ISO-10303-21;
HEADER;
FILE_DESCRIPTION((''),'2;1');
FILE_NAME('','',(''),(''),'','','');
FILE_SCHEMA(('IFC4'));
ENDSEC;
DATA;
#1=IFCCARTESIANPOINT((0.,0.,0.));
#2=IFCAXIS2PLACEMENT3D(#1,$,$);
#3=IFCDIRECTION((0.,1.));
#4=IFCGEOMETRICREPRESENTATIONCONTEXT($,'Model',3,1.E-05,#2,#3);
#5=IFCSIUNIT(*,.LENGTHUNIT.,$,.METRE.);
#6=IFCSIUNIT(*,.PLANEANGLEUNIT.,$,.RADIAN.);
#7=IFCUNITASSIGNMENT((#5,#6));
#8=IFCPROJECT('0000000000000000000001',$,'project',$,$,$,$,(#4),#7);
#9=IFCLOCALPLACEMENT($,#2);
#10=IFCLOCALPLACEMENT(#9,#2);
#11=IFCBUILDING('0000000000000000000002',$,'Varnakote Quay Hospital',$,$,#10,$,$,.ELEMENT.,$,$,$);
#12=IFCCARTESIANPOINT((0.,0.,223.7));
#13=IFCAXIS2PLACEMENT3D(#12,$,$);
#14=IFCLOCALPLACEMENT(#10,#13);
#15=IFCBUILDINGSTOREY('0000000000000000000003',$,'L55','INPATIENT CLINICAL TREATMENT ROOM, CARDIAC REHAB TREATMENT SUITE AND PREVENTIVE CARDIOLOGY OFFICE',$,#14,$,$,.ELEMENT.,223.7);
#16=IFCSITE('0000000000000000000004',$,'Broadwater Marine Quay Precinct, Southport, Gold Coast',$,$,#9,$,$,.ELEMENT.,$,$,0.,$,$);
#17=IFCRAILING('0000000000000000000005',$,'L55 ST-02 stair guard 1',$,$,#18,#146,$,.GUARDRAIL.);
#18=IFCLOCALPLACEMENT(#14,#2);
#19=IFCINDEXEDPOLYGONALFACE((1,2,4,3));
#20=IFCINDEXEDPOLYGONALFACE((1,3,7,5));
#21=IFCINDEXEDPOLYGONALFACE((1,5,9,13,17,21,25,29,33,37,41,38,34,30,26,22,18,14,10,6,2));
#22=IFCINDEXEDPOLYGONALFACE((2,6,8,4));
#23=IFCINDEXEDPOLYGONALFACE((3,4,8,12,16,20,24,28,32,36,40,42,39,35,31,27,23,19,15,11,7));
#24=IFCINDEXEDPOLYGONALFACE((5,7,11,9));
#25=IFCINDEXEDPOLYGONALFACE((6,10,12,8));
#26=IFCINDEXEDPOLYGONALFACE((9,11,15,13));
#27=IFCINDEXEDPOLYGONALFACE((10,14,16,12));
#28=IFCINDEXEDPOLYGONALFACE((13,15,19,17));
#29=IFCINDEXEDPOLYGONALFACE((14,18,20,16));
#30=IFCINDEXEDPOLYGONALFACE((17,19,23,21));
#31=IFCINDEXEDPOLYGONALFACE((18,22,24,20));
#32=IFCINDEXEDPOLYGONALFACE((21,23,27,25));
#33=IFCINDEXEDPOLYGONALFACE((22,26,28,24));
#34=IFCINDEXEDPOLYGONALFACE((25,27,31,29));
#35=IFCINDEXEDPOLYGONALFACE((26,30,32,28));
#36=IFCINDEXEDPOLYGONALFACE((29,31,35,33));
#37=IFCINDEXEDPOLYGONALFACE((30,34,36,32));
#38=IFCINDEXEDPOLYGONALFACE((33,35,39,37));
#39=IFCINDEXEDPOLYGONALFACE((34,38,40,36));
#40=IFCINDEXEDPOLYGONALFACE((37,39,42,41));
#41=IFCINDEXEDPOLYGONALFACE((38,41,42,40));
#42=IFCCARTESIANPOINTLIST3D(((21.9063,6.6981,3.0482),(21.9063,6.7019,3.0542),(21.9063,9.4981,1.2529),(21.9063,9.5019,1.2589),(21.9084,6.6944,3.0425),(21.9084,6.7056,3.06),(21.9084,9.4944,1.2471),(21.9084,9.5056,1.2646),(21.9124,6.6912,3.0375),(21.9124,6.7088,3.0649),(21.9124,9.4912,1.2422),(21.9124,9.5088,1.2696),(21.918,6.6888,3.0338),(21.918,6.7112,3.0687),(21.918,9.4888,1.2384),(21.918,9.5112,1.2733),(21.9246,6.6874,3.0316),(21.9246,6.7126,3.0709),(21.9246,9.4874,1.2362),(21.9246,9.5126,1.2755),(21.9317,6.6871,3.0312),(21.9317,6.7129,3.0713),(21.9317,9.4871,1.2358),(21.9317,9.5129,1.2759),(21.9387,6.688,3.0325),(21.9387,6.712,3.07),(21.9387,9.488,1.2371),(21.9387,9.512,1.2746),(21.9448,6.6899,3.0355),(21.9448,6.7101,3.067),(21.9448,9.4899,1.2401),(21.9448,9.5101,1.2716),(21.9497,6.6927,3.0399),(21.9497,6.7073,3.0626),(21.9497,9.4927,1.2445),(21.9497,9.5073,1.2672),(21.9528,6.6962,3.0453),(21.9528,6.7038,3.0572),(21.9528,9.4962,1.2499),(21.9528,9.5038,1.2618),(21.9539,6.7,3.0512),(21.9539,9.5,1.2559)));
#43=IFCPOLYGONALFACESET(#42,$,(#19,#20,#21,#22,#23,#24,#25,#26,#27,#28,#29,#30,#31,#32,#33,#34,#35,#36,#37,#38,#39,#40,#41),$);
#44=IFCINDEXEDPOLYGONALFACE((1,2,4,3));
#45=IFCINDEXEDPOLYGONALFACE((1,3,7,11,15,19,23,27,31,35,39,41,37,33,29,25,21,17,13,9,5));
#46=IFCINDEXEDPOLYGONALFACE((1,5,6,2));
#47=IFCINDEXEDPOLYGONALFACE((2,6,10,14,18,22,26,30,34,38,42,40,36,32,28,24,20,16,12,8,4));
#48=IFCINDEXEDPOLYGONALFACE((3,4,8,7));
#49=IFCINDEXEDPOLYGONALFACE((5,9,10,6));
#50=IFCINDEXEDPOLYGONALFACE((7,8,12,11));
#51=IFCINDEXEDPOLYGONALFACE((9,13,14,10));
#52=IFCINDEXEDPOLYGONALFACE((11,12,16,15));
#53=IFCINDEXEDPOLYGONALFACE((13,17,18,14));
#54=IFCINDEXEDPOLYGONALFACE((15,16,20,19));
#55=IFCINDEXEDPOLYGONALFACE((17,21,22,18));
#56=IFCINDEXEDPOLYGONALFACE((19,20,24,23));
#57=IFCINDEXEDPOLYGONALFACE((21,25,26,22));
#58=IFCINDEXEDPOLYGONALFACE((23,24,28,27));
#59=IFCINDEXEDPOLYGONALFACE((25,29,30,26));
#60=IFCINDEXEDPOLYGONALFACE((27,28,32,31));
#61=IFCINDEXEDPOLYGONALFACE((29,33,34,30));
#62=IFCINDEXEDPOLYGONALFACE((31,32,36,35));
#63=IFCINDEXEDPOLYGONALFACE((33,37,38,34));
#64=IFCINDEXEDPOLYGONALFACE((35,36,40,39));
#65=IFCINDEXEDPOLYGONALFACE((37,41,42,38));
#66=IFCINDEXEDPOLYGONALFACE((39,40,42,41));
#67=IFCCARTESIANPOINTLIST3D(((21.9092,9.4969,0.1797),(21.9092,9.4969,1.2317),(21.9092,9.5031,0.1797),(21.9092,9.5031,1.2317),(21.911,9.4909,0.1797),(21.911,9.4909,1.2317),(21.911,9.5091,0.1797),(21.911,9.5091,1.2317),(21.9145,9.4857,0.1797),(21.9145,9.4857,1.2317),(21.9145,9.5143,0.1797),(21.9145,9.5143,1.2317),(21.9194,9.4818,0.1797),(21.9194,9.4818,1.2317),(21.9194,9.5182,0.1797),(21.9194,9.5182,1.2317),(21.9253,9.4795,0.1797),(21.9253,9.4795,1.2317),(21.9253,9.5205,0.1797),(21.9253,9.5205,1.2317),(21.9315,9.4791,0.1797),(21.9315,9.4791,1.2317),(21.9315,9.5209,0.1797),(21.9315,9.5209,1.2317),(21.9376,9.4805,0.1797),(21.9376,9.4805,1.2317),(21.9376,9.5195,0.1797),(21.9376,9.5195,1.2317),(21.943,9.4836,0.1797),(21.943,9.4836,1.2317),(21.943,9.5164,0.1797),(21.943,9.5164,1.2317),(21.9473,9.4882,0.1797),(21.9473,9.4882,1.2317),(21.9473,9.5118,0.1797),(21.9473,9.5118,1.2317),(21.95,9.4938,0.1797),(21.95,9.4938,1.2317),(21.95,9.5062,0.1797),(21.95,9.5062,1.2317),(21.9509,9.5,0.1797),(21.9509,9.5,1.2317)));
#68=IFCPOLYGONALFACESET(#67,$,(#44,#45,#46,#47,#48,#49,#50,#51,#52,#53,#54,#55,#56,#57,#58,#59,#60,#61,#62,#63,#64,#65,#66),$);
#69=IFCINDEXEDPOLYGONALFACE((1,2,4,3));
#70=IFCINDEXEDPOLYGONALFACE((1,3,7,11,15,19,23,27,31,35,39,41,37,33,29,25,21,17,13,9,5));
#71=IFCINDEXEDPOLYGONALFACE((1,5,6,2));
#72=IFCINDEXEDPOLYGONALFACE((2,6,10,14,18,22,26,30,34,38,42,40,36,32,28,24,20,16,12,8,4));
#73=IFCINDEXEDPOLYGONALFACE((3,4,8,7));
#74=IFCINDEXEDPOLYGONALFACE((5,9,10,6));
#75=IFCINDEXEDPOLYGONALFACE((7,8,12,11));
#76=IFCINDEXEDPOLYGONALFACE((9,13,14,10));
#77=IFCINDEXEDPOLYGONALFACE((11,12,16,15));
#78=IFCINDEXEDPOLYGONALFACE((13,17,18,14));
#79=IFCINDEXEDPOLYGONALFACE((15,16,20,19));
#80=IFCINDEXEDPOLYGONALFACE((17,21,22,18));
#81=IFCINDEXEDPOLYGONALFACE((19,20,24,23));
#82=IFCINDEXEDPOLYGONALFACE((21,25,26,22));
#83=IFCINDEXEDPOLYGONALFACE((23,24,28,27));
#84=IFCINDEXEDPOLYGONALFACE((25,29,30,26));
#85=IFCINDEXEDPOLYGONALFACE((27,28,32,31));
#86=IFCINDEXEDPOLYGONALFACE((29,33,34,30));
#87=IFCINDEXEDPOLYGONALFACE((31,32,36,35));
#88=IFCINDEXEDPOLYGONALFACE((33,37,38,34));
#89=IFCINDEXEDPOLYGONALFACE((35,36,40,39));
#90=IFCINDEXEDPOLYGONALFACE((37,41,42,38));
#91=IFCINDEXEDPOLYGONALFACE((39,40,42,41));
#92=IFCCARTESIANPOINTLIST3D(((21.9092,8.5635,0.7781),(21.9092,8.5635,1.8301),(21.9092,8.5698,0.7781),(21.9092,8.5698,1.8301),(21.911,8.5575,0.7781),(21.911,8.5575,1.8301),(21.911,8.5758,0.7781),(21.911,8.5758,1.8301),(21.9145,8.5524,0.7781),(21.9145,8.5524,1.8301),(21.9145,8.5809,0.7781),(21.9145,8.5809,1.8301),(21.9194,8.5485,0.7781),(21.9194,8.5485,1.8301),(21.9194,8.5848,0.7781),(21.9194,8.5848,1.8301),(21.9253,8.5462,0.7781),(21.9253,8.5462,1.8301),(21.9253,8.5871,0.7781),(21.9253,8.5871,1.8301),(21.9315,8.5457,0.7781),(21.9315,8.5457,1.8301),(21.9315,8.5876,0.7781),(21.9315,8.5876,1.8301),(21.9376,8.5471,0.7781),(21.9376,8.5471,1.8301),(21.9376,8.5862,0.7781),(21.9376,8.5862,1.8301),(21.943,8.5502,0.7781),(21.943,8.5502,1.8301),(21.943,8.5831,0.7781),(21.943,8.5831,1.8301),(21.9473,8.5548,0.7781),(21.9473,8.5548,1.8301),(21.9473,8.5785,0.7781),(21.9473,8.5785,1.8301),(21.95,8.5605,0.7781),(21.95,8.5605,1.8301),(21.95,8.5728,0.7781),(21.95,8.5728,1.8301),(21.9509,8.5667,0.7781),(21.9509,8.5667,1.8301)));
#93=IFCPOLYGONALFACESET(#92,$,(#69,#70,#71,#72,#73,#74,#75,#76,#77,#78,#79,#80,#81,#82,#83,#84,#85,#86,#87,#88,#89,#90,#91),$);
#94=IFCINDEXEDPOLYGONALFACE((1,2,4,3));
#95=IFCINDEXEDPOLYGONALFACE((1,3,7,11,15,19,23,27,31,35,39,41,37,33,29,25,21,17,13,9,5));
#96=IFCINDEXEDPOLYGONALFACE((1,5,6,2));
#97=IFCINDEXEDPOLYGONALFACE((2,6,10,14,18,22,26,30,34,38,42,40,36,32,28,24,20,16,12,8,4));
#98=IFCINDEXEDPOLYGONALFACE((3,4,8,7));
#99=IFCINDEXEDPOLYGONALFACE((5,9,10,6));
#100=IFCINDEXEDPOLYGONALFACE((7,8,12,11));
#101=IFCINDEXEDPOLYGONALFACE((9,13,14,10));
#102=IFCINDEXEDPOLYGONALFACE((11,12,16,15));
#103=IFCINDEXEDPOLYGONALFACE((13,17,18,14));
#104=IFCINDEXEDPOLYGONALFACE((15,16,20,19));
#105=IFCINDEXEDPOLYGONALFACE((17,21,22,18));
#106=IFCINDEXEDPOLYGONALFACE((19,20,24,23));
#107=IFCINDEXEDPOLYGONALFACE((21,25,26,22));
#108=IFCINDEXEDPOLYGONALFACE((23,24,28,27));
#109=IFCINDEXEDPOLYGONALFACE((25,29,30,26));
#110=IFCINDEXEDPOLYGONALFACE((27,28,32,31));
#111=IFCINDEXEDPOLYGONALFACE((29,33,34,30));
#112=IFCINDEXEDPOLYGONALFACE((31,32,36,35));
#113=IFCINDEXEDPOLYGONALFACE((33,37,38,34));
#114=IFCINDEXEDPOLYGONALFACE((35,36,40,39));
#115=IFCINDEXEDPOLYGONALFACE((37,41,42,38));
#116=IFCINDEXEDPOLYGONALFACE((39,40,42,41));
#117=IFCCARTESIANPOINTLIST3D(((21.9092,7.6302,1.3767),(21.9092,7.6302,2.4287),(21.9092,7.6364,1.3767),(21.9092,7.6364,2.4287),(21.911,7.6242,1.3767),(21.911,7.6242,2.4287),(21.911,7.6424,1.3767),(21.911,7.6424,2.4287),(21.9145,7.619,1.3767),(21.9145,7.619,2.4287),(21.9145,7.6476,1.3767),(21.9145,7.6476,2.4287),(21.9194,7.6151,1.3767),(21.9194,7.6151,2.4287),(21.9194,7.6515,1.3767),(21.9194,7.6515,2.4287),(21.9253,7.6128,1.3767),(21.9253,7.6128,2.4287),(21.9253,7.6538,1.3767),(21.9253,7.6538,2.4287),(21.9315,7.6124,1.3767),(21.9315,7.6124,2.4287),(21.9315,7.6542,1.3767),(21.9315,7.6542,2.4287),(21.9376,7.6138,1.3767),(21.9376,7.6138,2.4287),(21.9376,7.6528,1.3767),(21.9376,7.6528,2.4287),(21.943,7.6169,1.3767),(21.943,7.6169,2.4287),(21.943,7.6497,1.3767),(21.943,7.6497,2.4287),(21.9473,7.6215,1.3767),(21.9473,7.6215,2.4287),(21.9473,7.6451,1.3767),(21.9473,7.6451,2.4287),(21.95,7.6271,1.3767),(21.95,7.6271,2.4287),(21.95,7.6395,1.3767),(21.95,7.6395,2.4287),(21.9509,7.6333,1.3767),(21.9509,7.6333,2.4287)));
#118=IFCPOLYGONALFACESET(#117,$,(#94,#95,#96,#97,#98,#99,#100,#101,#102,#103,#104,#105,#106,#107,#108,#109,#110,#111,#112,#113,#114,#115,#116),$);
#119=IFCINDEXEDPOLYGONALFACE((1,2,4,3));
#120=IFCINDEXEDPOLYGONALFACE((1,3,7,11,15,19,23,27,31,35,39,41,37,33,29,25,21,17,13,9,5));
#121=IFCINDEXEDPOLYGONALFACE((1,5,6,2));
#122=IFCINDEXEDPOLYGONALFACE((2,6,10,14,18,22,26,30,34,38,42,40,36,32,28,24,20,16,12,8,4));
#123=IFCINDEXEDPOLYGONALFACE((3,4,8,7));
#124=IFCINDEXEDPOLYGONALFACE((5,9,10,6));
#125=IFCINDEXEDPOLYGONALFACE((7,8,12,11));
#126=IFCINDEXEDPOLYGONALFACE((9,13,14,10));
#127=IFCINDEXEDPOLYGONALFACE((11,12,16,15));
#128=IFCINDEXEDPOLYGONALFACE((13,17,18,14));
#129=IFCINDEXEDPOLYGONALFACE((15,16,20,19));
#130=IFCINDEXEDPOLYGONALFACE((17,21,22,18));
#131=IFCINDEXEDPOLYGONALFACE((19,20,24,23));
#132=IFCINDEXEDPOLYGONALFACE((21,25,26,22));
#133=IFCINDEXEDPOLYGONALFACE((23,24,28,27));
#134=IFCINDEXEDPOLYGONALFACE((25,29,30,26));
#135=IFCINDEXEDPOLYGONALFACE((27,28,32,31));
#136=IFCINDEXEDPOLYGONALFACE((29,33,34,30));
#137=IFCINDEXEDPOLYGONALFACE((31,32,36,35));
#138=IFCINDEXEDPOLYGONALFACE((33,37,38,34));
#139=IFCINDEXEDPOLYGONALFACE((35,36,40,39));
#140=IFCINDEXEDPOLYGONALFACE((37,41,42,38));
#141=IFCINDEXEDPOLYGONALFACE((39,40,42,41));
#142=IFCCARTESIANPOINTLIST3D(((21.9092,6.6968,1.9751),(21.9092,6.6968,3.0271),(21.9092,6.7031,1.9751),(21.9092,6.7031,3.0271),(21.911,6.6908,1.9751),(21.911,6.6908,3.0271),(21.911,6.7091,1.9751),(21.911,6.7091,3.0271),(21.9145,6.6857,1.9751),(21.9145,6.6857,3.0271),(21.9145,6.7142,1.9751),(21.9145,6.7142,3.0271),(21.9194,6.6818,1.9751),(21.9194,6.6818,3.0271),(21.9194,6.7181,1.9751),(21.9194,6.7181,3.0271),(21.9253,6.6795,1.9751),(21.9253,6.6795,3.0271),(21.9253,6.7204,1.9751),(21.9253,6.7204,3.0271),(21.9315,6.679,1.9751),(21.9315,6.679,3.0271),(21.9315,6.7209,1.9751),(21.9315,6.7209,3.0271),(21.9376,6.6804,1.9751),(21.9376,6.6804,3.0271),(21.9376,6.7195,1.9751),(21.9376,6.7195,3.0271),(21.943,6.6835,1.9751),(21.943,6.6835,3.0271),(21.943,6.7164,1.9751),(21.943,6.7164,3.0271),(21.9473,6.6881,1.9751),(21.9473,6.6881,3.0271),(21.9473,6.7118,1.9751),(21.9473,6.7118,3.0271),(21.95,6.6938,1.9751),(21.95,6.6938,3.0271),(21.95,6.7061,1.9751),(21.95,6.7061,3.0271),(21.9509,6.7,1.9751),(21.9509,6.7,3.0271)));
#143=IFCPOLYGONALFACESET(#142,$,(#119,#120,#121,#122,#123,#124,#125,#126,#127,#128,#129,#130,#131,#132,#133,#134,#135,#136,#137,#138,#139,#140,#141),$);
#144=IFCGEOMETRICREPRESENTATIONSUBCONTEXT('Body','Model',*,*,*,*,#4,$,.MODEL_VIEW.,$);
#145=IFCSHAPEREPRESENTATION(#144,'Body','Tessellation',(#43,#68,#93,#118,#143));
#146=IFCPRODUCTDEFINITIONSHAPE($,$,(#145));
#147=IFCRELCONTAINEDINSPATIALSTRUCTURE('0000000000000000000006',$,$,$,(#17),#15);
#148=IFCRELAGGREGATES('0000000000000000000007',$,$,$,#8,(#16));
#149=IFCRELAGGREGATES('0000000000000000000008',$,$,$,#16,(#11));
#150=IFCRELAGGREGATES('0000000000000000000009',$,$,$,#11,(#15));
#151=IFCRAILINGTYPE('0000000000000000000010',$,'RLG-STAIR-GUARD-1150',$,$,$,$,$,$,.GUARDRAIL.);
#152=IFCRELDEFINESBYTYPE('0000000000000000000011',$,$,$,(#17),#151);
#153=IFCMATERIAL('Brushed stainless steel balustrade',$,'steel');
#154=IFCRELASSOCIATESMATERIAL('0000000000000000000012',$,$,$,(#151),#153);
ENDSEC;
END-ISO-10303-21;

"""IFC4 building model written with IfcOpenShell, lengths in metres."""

from ifc_helpers import new_model, si_unit, direction, frame, origin, origin_2d, place, context, subcontext, project, spatial, circle, extrude, material, type_object, element, save


model = new_model("IFC4")

# Units and contexts
model_context = context("Model", 3, precision=1e-05, world=origin(), true_north=direction((0.0, 1.0)))
body_context = subcontext(model_context, "Body", "Model", "MODEL_VIEW")
ifc_project = project(units=[si_unit("LENGTHUNIT", "METRE"), si_unit("PLANEANGLEUNIT", "RADIAN")], contexts=[model_context])

# Site, building, storey
site_placement = place(None, origin())
site = spatial("IfcSite", under=ifc_project, at=site_placement, Name="Broadwater Marine Quay Precinct, Southport, Gold Coast", CompositionType="ELEMENT", RefElevation=0.0)
building_placement = place(site_placement, origin())
building = spatial("IfcBuilding", under=site, at=building_placement, Name="Varnakote Quay Hospital", CompositionType="ELEMENT")
storey_placement = place(building_placement, frame((0.0, 0.0, 223.7)))
storey = spatial("IfcBuildingStorey", under=building, at=storey_placement, Name="L55", Description="INPATIENT CLINICAL TREATMENT ROOM, CARDIAC REHAB TREATMENT SUITE AND PREVENTIVE CARDIOLOGY OFFICE", CompositionType="ELEMENT", Elevation=223.7)

# Railing
ifc_material_1 = material(Name="Brushed stainless steel balustrade", Category="steel")
railing_type_1 = type_object("IfcRailingType", Name="RLG-STAIR-GUARD-1150", PredefinedType="GUARDRAIL", material=ifc_material_1)
railing_1_placement = place(storey_placement, frame((21.9299, 9.5, 0.1797)))
element("IfcRailing", 1, at=railing_1_placement, inside=storey, type_object=railing_type_1, Name="L55 ST-02 stair guard 1", PredefinedType="GUARDRAIL", context=body_context, shape_type="SweptSolid", body=[
    extrude(circle(Radius=0.0239, at=origin_2d()), frame((0.0, 0.0, 1.0762), z_axis=(0.0, -0.84181, 0.539774), x_axis=(1.0, 0.0, 0.0)), (0.0, 0.0, 1.0), 3.3262),
    extrude(circle(Radius=0.021, at=origin_2d()), origin(), (0.0, 0.0, 1.0), 1.052),
    extrude(circle(Radius=0.021, at=origin_2d()), frame((0.0, -0.9333, 0.5984)), (0.0, 0.0, 1.0), 1.052),
    extrude(circle(Radius=0.021, at=origin_2d()), frame((0.0, -1.8667, 1.197)), (0.0, 0.0, 1.0), 1.052),
    extrude(circle(Radius=0.021, at=origin_2d()), frame((0.0, -2.8, 1.7954)), (0.0, 0.0, 1.0), 1.052),
])

save(model, "model.ifc")
